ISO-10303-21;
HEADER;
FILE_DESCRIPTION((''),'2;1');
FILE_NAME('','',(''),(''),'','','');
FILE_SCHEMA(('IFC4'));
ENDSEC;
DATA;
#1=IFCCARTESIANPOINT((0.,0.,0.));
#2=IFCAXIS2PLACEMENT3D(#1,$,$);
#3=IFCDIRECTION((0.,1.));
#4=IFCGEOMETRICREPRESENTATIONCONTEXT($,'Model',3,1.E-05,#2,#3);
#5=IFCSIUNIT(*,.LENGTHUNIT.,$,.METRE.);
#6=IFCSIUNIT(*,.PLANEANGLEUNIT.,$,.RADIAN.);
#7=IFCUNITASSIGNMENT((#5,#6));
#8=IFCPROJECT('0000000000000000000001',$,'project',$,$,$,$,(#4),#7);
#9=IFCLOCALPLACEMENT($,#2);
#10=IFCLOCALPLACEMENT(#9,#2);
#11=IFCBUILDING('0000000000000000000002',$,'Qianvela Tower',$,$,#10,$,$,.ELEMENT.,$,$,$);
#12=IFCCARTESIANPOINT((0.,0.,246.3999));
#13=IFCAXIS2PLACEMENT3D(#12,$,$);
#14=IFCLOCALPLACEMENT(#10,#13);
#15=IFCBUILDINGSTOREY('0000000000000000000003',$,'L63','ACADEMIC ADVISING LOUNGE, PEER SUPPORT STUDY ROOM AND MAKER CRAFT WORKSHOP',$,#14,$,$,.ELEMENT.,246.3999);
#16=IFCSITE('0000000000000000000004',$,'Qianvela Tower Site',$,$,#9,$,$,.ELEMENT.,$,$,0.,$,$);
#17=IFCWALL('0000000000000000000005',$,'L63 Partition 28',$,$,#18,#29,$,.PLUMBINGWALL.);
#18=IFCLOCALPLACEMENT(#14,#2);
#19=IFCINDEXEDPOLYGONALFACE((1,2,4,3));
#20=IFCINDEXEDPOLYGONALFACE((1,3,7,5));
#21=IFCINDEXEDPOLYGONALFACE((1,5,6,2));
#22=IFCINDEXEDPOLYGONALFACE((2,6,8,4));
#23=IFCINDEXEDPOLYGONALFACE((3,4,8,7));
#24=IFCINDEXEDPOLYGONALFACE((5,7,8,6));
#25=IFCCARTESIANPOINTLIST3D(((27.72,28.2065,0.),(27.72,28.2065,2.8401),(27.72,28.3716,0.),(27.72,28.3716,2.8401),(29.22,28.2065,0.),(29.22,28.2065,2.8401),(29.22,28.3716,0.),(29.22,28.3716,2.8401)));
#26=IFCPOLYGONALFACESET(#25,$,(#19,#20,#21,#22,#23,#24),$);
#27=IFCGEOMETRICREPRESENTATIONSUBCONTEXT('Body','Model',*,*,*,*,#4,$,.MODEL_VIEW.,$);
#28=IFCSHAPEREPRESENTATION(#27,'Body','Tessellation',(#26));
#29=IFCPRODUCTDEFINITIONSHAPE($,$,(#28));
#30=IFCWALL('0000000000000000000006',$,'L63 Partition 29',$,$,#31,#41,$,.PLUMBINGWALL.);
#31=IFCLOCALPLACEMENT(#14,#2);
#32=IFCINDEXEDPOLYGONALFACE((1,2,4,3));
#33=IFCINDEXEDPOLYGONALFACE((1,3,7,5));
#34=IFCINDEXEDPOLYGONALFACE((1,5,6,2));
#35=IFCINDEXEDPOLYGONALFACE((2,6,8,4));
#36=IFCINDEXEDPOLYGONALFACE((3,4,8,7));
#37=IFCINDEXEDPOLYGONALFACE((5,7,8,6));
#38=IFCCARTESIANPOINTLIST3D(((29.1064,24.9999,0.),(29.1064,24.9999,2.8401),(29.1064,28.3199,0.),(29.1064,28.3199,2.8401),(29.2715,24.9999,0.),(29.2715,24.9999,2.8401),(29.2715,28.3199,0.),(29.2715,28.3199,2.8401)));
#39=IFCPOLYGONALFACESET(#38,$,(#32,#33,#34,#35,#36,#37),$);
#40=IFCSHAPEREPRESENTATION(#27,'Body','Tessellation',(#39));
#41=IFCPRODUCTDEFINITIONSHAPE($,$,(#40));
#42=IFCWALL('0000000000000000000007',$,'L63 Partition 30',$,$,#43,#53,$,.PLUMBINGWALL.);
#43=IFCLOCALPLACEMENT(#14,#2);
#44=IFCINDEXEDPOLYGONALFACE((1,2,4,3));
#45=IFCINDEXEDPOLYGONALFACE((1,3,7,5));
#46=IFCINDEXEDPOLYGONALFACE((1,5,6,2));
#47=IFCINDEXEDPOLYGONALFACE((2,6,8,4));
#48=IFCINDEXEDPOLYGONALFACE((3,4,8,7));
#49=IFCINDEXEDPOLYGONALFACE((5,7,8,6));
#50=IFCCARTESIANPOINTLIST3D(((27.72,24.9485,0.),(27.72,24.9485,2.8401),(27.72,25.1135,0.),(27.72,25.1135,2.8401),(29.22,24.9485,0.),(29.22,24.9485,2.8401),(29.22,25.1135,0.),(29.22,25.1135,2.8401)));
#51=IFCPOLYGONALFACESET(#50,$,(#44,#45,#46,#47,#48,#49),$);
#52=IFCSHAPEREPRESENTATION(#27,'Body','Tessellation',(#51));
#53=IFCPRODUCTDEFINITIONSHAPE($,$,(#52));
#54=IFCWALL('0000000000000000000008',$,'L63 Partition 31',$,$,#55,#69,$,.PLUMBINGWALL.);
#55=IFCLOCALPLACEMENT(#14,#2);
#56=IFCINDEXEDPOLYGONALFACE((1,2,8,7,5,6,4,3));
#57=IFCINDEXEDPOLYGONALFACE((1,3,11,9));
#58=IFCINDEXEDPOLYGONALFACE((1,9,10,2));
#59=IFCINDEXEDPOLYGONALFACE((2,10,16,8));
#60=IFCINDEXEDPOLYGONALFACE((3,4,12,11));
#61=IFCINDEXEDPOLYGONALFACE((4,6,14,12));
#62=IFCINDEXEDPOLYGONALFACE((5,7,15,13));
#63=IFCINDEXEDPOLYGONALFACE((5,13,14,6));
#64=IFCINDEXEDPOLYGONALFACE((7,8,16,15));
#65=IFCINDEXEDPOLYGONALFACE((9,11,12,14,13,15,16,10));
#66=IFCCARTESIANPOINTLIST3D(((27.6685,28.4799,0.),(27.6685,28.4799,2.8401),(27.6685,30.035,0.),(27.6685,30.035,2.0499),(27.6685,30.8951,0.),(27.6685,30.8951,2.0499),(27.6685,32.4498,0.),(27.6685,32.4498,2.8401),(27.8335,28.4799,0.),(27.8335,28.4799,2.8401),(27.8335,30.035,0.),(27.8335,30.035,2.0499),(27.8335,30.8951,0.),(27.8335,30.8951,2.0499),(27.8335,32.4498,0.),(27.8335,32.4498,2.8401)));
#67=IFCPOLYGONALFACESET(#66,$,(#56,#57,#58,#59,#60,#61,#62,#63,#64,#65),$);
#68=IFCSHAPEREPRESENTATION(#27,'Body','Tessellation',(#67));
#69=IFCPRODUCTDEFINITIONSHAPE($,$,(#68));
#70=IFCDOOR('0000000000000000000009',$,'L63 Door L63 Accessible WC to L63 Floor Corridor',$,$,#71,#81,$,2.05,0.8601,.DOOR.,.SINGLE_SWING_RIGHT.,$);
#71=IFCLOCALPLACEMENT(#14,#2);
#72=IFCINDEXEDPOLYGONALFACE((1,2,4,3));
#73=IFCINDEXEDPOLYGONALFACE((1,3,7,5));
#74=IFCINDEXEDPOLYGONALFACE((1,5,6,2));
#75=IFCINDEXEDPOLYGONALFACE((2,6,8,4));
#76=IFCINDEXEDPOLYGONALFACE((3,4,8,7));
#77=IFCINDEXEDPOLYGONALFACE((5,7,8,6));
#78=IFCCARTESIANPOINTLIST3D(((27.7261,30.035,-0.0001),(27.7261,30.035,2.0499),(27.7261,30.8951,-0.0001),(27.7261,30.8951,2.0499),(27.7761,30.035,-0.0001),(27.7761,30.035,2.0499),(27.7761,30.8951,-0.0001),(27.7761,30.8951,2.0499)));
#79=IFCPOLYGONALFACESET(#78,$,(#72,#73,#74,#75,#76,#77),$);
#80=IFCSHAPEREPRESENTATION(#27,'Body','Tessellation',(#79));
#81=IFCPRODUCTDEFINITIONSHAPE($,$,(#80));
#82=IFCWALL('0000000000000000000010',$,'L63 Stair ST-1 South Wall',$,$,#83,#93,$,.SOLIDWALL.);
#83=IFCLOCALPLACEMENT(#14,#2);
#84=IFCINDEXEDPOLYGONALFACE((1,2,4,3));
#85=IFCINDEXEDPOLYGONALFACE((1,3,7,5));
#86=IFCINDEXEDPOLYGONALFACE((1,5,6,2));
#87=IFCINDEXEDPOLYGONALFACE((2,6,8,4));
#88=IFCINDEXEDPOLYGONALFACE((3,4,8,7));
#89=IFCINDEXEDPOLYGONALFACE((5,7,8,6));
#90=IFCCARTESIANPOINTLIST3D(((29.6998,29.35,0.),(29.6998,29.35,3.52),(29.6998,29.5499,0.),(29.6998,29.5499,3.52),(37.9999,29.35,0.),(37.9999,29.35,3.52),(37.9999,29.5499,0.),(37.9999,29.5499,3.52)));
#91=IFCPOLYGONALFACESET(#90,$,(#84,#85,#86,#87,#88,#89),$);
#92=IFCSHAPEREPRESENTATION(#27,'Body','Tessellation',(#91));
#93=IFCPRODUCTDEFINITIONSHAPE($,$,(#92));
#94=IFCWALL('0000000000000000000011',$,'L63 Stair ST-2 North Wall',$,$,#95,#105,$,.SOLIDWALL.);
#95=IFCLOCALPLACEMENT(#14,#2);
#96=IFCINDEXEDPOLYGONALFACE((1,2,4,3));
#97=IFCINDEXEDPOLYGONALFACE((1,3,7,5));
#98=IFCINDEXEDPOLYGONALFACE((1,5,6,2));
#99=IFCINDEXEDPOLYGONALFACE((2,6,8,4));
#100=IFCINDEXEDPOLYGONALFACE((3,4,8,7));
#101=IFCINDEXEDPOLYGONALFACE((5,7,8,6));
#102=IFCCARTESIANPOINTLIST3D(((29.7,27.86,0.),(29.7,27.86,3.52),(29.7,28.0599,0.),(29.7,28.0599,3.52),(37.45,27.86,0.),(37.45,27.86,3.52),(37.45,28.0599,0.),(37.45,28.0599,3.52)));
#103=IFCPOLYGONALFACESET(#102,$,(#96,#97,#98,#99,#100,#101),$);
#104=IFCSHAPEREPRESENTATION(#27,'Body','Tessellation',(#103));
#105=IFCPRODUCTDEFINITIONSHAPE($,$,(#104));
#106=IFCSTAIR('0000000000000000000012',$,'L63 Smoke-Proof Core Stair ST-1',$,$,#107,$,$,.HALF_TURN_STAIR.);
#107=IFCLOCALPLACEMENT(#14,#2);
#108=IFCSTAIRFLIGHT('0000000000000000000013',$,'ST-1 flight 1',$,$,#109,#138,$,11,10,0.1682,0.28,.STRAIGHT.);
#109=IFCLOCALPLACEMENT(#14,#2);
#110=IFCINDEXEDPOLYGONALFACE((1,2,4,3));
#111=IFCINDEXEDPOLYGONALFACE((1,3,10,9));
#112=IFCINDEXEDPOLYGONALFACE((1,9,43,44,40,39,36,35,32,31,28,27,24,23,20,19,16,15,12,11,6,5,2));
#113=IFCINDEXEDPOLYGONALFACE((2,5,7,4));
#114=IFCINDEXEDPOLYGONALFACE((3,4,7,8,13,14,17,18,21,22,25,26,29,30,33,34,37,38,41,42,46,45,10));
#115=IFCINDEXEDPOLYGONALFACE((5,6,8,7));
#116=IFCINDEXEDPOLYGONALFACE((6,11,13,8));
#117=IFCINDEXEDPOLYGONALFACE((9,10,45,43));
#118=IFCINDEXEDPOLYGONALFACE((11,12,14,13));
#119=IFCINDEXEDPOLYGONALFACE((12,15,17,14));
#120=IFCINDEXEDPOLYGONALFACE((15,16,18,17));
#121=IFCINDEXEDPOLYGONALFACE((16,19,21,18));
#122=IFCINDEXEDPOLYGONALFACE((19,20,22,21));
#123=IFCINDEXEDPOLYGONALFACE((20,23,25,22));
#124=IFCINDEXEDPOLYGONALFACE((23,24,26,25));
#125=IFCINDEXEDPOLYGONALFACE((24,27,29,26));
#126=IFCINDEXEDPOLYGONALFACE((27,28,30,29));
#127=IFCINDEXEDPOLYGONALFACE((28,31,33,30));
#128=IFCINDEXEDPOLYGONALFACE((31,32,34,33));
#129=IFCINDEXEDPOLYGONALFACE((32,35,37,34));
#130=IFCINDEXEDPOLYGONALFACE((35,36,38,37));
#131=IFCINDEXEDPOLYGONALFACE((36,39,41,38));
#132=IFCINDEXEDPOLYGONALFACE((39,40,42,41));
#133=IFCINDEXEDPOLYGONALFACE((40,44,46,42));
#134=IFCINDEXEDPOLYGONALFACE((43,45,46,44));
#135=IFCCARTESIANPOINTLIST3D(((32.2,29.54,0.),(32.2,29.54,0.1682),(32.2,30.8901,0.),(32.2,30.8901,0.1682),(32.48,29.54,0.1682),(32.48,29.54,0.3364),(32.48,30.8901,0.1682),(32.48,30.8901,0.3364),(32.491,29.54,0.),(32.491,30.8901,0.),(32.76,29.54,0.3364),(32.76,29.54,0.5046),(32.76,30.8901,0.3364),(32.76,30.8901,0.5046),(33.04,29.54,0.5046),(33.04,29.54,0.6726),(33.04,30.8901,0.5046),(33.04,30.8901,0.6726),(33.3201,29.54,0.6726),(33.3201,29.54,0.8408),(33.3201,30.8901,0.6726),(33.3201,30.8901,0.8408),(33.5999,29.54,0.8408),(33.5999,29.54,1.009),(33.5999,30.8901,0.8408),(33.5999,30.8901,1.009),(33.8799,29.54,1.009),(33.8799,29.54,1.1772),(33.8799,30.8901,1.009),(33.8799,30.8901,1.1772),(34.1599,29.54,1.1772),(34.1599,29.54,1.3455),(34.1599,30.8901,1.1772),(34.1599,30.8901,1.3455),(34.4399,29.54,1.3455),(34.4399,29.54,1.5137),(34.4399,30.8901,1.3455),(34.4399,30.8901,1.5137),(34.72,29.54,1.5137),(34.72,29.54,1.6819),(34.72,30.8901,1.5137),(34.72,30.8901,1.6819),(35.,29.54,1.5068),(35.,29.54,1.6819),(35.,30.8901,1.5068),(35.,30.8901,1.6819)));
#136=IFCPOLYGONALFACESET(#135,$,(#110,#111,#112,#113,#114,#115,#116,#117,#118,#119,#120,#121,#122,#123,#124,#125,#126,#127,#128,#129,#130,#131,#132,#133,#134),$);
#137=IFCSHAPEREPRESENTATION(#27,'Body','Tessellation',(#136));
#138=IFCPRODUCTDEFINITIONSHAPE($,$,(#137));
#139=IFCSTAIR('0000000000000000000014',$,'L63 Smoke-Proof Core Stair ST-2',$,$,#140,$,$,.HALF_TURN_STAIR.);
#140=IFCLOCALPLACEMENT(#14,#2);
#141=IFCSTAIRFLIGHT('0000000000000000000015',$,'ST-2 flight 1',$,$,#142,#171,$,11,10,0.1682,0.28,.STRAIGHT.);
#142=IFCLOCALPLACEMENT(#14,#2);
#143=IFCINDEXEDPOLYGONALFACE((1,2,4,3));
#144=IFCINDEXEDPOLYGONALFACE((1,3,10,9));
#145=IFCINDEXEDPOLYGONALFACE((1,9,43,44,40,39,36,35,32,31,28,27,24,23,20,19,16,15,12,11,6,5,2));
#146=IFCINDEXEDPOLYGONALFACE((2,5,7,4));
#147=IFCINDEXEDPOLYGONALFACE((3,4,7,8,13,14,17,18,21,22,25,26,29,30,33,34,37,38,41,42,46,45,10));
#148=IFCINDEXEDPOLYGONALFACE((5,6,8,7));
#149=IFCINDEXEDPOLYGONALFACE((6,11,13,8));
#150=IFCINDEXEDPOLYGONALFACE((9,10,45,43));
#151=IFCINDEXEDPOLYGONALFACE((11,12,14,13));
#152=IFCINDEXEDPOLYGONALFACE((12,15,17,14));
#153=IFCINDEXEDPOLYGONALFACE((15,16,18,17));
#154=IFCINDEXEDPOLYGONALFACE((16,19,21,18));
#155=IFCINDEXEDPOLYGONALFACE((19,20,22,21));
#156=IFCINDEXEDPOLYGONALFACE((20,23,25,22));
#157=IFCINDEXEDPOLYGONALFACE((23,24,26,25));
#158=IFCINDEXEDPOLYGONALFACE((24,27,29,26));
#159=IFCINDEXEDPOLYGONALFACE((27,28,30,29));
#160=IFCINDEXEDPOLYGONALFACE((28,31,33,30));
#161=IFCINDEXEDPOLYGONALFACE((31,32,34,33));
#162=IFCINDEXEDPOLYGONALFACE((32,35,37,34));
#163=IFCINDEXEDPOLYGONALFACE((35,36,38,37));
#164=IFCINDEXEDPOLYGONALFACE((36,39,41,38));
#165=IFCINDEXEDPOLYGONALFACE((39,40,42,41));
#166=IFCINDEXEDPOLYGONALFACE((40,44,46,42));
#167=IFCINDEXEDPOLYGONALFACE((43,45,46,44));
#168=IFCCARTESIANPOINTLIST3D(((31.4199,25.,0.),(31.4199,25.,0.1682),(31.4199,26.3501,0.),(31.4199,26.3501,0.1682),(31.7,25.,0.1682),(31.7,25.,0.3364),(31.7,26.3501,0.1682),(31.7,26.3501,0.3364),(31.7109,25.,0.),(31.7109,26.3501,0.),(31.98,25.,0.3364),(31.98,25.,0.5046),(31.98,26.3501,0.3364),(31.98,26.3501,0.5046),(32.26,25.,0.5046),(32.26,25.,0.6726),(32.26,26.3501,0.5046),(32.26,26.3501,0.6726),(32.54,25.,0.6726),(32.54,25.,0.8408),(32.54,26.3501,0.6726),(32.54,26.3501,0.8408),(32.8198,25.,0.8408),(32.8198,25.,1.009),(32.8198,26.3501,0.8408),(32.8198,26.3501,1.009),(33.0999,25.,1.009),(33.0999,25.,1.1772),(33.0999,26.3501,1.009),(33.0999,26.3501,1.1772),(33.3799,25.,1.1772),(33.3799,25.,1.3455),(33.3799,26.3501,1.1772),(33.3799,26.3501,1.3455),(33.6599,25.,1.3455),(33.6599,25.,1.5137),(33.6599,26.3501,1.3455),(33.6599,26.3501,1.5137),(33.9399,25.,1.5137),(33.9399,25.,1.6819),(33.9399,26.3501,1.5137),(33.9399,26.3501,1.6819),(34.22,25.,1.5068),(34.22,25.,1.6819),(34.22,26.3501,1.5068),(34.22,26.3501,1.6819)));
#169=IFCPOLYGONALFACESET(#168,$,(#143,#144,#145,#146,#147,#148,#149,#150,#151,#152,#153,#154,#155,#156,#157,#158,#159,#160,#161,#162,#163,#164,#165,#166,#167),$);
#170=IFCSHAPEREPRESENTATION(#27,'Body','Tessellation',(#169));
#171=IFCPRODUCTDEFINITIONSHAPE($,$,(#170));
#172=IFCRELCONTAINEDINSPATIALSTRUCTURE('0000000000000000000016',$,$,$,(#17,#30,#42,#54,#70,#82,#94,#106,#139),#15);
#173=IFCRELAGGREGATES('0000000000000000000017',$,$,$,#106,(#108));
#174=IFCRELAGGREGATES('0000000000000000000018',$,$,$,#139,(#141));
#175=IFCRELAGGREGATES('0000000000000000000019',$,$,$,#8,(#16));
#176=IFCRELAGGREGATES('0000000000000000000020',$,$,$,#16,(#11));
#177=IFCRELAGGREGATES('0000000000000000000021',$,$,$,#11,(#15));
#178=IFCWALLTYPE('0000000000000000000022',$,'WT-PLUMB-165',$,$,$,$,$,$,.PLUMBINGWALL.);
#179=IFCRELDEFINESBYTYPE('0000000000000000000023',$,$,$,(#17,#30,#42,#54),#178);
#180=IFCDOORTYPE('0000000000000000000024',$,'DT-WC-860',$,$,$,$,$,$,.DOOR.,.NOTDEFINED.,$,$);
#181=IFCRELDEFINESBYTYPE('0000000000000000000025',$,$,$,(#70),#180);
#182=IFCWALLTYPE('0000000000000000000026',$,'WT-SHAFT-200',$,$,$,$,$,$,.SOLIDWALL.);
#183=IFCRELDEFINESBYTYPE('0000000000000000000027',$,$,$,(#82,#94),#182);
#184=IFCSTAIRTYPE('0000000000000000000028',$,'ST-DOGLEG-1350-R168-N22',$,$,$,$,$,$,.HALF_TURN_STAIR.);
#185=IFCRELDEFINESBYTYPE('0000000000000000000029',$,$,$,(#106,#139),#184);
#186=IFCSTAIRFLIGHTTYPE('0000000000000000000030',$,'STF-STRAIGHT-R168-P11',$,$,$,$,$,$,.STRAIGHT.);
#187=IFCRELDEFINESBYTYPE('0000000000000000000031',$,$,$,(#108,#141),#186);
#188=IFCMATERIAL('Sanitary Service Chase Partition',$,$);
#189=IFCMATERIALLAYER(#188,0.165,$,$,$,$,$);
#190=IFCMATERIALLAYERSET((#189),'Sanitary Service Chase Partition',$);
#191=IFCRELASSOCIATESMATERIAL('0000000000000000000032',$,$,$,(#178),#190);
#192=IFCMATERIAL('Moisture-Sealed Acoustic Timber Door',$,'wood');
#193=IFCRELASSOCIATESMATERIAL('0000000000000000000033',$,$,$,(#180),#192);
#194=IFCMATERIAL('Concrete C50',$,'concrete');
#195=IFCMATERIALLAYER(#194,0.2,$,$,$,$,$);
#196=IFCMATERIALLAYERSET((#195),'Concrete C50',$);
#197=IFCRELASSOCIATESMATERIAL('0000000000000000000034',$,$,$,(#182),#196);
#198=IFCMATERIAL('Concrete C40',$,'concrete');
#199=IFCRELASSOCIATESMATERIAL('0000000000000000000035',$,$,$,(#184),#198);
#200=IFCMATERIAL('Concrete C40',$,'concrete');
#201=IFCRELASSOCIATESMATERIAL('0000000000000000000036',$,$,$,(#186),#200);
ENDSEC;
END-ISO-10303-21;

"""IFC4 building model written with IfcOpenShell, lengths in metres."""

from ifc_helpers import new_model, si_unit, direction, frame, frame_2d, origin, place, context, subcontext, project, spatial, polyline, rectangle, outline, extrude, material, layer, layer_set, type_object, element, fill, aggregate, save


model = new_model("IFC4")

# Units and contexts
model_context = context("Model", 3, precision=1e-05, world=origin(), true_north=direction((0.0, 1.0)))
body_context = subcontext(model_context, "Body", "Model", "MODEL_VIEW")
ifc_project = project(units=[si_unit("LENGTHUNIT", "METRE"), si_unit("PLANEANGLEUNIT", "RADIAN")], contexts=[model_context])

# Site, building, storey
site_placement = place(None, origin())
site = spatial("IfcSite", under=ifc_project, at=site_placement, Name="Qianvela Tower Site", CompositionType="ELEMENT", RefElevation=0.0)
building_placement = place(site_placement, origin())
building = spatial("IfcBuilding", under=site, at=building_placement, Name="Qianvela Tower", CompositionType="ELEMENT")
storey_placement = place(building_placement, frame((0.0, 0.0, 246.3999)))
storey = spatial("IfcBuildingStorey", under=building, at=storey_placement, Name="L63", Description="ACADEMIC ADVISING LOUNGE, PEER SUPPORT STUDY ROOM AND MAKER CRAFT WORKSHOP", CompositionType="ELEMENT", Elevation=246.3999)

# Shared definitions
ifc_material_1 = material(Name="Sanitary Service Chase Partition")
ifc_layer_1 = layer(ifc_material_1, 0.165)
ifc_layer_set_1 = layer_set([ifc_layer_1], Name="Sanitary Service Chase Partition")
wall_type_1 = type_object("IfcWallType", Name="WT-PLUMB-165", PredefinedType="PLUMBINGWALL", material=ifc_layer_set_1)

# Walls
wall_1_placement = place(storey_placement, frame((27.72, 28.2891, 0.0), z_axis=(0.0, 0.0, 1.0), x_axis=(1.0, 0.0, 0.0)))
element("IfcWall", 1, at=wall_1_placement, inside=storey, type_object=wall_type_1, Name="L63 Partition 28", PredefinedType="PLUMBINGWALL", context=body_context, shape_type="SweptSolid", body=[
    extrude(rectangle(XDim=1.5, YDim=0.165, at=frame_2d((0.75, 0.0))), origin(), (0.0, 0.0, 1.0), 2.8401),
])
wall_2_placement = place(storey_placement, frame((29.189, 28.3201, 0.0), z_axis=(0.0, 0.0, 1.0), x_axis=(0.0, -1.0, 0.0)))
element("IfcWall", 2, at=wall_2_placement, inside=storey, type_object=wall_type_1, Name="L63 Partition 29", PredefinedType="PLUMBINGWALL", context=body_context, shape_type="SweptSolid", body=[
    extrude(rectangle(XDim=3.3201, YDim=0.165, at=frame_2d((1.6602, 0.0))), origin(), (0.0, 0.0, 1.0), 2.8401),
])
wall_3_placement = place(storey_placement, frame((29.22, 25.031, 0.0), z_axis=(0.0, 0.0, 1.0), x_axis=(-1.0, 0.0, 0.0)))
element("IfcWall", 3, at=wall_3_placement, inside=storey, type_object=wall_type_1, Name="L63 Partition 30", PredefinedType="PLUMBINGWALL", context=body_context, shape_type="SweptSolid", body=[
    extrude(rectangle(XDim=1.5, YDim=0.165, at=frame_2d((0.75, 0.0))), origin(), (0.0, 0.0, 1.0), 2.8401),
])

# Wall, opening, door
wall_4_placement = place(storey_placement, frame((27.751, 28.48, 0.0), z_axis=(0.0, 0.0, 1.0), x_axis=(0.0, 1.0, 0.0)))
wall_4 = element("IfcWall", 4, at=wall_4_placement, inside=storey, type_object=wall_type_1, Name="L63 Partition 31", PredefinedType="PLUMBINGWALL", context=body_context, shape_type="SweptSolid", body=[
    extrude(rectangle(XDim=3.97, YDim=0.165, at=frame_2d((1.9849, 0.0))), origin(), (0.0, 0.0, 1.0), 2.8401),
])
opening_1_placement = place(wall_4_placement, frame((1.5549, 0.0, 0.0)))
opening_1 = element("IfcOpeningElement", 5, at=opening_1_placement, cuts=wall_4, PredefinedType="OPENING", context=body_context, shape_type="SweptSolid", body=[
    extrude(rectangle(XDim=0.8601, YDim=2.05, at=frame_2d((0.4302, 1.0249))), frame((0.0, 0.0925, 0.0), z_axis=(0.0, -1.0, 0.0), x_axis=(1.0, 0.0, 0.0)), (0.0, 0.0, 1.0), 0.1851),
])
ifc_material_2 = material(Name="Moisture-Sealed Acoustic Timber Door", Category="wood")
door_type_1 = type_object("IfcDoorType", Name="DT-WC-860", OperationType="NOTDEFINED", PredefinedType="DOOR", material=ifc_material_2)
door_1_placement = place(opening_1_placement, origin())
door_1 = element("IfcDoor", 6, at=door_1_placement, inside=storey, type_object=door_type_1, Name="L63 Door L63 Accessible WC to L63 Floor Corridor", OperationType="SINGLE_SWING_RIGHT", OverallHeight=2.05, OverallWidth=0.8601, PredefinedType="DOOR", context=body_context, shape_type="SweptSolid", body=[
    extrude(rectangle(XDim=0.8601, YDim=2.05, at=frame_2d((0.4302, 1.0249))), frame((0.0, 0.0249, 0.0), z_axis=(0.0, -1.0, 0.0), x_axis=(1.0, 0.0, 0.0)), (0.0, 0.0, 1.0), 0.05),
])
fill(opening_1, door_1)

# Walls
ifc_material_3 = material(Name="Concrete C50", Category="concrete")
ifc_layer_2 = layer(ifc_material_3, 0.2)
ifc_layer_set_2 = layer_set([ifc_layer_2], Name="Concrete C50")
wall_type_2 = type_object("IfcWallType", Name="WT-SHAFT-200", PredefinedType="SOLIDWALL", material=ifc_layer_set_2)
wall_5_placement = place(storey_placement, frame((29.7, 29.45, 0.0), z_axis=(0.0, 0.0, 1.0), x_axis=(1.0, 0.0, 0.0)))
element("IfcWall", 7, at=wall_5_placement, inside=storey, type_object=wall_type_2, Name="L63 Stair ST-1 South Wall", PredefinedType="SOLIDWALL", context=body_context, shape_type="SweptSolid", body=[
    extrude(rectangle(XDim=8.3, YDim=0.2, at=frame_2d((4.1499, 0.0))), origin(), (0.0, 0.0, 1.0), 3.52),
])
wall_6_placement = place(storey_placement, frame((29.7, 27.96, 0.0), z_axis=(0.0, 0.0, 1.0), x_axis=(1.0, 0.0, 0.0)))
element("IfcWall", 8, at=wall_6_placement, inside=storey, type_object=wall_type_2, Name="L63 Stair ST-2 North Wall", PredefinedType="SOLIDWALL", context=body_context, shape_type="SweptSolid", body=[
    extrude(rectangle(XDim=7.75, YDim=0.2, at=frame_2d((3.875, 0.0))), origin(), (0.0, 0.0, 1.0), 3.52),
])

# Stairs, stair flights
ifc_material_4 = material(Name="Concrete C40", Category="concrete")
stair_type = type_object("IfcStairType", Name="ST-DOGLEG-1350-R168-N22", PredefinedType="HALF_TURN_STAIR", material=ifc_material_4)
stair_1_placement = place(storey_placement, origin())
stair_1 = element("IfcStair", 9, at=stair_1_placement, inside=storey, type_object=stair_type, Name="L63 Smoke-Proof Core Stair ST-1", PredefinedType="HALF_TURN_STAIR")
ifc_material_5 = material(Name="Concrete C40", Category="concrete")
stair_flight_type = type_object("IfcStairFlightType", Name="STF-STRAIGHT-R168-P11", PredefinedType="STRAIGHT", material=ifc_material_5)
stair_flight_1_placement = place(storey_placement, frame((32.2, 30.2151, 0.0), z_axis=(0.0, 0.0, 1.0), x_axis=(1.0, 0.0, 0.0)))
stair_flight_1 = element("IfcStairFlight", 10, at=stair_flight_1_placement, type_object=stair_flight_type, Name="ST-1 flight 1", NumberOfRisers=11, NumberOfTreads=10, PredefinedType="STRAIGHT", RiserHeight=0.1682, TreadLength=0.28, context=body_context, shape_type="SweptSolid", body=[
    extrude(outline(polyline([(0.0, 0.0), (0.0, 0.1682), (0.28, 0.1682), (0.28, 0.3364), (0.5601, 0.3364), (0.5601, 0.5046), (0.8401, 0.5046), (0.8401, 0.6726), (1.1201, 0.6726), (1.1201, 0.8408), (1.3999, 0.8408), (1.3999, 1.009), (1.6799, 1.009), (1.6799, 1.1772), (1.96, 1.1772), (1.96, 1.3455), (2.24, 1.3455), (2.24, 1.5137), (2.52, 1.5137), (2.52, 1.6819), (2.8, 1.6819), (2.8, 1.8501), (2.8, 1.5068), (0.291, 0.0), (0.0, 0.0)])), frame((0.0, 0.675, 0.0), z_axis=(0.0, -1.0, 0.0), x_axis=(1.0, 0.0, 0.0)), (0.0, 0.0, 1.0), 1.3501),
])
aggregate(stair_1, [stair_flight_1])
stair_2_placement = place(storey_placement, origin())
stair_2 = element("IfcStair", 11, at=stair_2_placement, inside=storey, type_object=stair_type, Name="L63 Smoke-Proof Core Stair ST-2", PredefinedType="HALF_TURN_STAIR")
stair_flight_2_placement = place(storey_placement, frame((31.4199, 25.675, 0.0), z_axis=(0.0, 0.0, 1.0), x_axis=(1.0, 0.0, 0.0)))
stair_flight_2 = element("IfcStairFlight", 12, at=stair_flight_2_placement, type_object=stair_flight_type, Name="ST-2 flight 1", NumberOfRisers=11, NumberOfTreads=10, PredefinedType="STRAIGHT", RiserHeight=0.1682, TreadLength=0.28, context=body_context, shape_type="SweptSolid", body=[
    extrude(outline(polyline([(0.0, 0.0), (0.0, 0.1682), (0.28, 0.1682), (0.28, 0.3364), (0.5601, 0.3364), (0.5601, 0.5046), (0.8401, 0.5046), (0.8401, 0.6726), (1.1201, 0.6726), (1.1201, 0.8408), (1.3999, 0.8408), (1.3999, 1.009), (1.6799, 1.009), (1.6799, 1.1772), (1.96, 1.1772), (1.96, 1.3455), (2.24, 1.3455), (2.24, 1.5137), (2.52, 1.5137), (2.52, 1.6819), (2.8, 1.6819), (2.8, 1.8501), (2.8, 1.5068), (0.291, 0.0), (0.0, 0.0)])), frame((0.0, 0.675, 0.0), z_axis=(0.0, -1.0, 0.0), x_axis=(1.0, 0.0, 0.0)), (0.0, 0.0, 1.0), 1.3501),
])
aggregate(stair_2, [stair_flight_2])

save(model, "model.ifc")
